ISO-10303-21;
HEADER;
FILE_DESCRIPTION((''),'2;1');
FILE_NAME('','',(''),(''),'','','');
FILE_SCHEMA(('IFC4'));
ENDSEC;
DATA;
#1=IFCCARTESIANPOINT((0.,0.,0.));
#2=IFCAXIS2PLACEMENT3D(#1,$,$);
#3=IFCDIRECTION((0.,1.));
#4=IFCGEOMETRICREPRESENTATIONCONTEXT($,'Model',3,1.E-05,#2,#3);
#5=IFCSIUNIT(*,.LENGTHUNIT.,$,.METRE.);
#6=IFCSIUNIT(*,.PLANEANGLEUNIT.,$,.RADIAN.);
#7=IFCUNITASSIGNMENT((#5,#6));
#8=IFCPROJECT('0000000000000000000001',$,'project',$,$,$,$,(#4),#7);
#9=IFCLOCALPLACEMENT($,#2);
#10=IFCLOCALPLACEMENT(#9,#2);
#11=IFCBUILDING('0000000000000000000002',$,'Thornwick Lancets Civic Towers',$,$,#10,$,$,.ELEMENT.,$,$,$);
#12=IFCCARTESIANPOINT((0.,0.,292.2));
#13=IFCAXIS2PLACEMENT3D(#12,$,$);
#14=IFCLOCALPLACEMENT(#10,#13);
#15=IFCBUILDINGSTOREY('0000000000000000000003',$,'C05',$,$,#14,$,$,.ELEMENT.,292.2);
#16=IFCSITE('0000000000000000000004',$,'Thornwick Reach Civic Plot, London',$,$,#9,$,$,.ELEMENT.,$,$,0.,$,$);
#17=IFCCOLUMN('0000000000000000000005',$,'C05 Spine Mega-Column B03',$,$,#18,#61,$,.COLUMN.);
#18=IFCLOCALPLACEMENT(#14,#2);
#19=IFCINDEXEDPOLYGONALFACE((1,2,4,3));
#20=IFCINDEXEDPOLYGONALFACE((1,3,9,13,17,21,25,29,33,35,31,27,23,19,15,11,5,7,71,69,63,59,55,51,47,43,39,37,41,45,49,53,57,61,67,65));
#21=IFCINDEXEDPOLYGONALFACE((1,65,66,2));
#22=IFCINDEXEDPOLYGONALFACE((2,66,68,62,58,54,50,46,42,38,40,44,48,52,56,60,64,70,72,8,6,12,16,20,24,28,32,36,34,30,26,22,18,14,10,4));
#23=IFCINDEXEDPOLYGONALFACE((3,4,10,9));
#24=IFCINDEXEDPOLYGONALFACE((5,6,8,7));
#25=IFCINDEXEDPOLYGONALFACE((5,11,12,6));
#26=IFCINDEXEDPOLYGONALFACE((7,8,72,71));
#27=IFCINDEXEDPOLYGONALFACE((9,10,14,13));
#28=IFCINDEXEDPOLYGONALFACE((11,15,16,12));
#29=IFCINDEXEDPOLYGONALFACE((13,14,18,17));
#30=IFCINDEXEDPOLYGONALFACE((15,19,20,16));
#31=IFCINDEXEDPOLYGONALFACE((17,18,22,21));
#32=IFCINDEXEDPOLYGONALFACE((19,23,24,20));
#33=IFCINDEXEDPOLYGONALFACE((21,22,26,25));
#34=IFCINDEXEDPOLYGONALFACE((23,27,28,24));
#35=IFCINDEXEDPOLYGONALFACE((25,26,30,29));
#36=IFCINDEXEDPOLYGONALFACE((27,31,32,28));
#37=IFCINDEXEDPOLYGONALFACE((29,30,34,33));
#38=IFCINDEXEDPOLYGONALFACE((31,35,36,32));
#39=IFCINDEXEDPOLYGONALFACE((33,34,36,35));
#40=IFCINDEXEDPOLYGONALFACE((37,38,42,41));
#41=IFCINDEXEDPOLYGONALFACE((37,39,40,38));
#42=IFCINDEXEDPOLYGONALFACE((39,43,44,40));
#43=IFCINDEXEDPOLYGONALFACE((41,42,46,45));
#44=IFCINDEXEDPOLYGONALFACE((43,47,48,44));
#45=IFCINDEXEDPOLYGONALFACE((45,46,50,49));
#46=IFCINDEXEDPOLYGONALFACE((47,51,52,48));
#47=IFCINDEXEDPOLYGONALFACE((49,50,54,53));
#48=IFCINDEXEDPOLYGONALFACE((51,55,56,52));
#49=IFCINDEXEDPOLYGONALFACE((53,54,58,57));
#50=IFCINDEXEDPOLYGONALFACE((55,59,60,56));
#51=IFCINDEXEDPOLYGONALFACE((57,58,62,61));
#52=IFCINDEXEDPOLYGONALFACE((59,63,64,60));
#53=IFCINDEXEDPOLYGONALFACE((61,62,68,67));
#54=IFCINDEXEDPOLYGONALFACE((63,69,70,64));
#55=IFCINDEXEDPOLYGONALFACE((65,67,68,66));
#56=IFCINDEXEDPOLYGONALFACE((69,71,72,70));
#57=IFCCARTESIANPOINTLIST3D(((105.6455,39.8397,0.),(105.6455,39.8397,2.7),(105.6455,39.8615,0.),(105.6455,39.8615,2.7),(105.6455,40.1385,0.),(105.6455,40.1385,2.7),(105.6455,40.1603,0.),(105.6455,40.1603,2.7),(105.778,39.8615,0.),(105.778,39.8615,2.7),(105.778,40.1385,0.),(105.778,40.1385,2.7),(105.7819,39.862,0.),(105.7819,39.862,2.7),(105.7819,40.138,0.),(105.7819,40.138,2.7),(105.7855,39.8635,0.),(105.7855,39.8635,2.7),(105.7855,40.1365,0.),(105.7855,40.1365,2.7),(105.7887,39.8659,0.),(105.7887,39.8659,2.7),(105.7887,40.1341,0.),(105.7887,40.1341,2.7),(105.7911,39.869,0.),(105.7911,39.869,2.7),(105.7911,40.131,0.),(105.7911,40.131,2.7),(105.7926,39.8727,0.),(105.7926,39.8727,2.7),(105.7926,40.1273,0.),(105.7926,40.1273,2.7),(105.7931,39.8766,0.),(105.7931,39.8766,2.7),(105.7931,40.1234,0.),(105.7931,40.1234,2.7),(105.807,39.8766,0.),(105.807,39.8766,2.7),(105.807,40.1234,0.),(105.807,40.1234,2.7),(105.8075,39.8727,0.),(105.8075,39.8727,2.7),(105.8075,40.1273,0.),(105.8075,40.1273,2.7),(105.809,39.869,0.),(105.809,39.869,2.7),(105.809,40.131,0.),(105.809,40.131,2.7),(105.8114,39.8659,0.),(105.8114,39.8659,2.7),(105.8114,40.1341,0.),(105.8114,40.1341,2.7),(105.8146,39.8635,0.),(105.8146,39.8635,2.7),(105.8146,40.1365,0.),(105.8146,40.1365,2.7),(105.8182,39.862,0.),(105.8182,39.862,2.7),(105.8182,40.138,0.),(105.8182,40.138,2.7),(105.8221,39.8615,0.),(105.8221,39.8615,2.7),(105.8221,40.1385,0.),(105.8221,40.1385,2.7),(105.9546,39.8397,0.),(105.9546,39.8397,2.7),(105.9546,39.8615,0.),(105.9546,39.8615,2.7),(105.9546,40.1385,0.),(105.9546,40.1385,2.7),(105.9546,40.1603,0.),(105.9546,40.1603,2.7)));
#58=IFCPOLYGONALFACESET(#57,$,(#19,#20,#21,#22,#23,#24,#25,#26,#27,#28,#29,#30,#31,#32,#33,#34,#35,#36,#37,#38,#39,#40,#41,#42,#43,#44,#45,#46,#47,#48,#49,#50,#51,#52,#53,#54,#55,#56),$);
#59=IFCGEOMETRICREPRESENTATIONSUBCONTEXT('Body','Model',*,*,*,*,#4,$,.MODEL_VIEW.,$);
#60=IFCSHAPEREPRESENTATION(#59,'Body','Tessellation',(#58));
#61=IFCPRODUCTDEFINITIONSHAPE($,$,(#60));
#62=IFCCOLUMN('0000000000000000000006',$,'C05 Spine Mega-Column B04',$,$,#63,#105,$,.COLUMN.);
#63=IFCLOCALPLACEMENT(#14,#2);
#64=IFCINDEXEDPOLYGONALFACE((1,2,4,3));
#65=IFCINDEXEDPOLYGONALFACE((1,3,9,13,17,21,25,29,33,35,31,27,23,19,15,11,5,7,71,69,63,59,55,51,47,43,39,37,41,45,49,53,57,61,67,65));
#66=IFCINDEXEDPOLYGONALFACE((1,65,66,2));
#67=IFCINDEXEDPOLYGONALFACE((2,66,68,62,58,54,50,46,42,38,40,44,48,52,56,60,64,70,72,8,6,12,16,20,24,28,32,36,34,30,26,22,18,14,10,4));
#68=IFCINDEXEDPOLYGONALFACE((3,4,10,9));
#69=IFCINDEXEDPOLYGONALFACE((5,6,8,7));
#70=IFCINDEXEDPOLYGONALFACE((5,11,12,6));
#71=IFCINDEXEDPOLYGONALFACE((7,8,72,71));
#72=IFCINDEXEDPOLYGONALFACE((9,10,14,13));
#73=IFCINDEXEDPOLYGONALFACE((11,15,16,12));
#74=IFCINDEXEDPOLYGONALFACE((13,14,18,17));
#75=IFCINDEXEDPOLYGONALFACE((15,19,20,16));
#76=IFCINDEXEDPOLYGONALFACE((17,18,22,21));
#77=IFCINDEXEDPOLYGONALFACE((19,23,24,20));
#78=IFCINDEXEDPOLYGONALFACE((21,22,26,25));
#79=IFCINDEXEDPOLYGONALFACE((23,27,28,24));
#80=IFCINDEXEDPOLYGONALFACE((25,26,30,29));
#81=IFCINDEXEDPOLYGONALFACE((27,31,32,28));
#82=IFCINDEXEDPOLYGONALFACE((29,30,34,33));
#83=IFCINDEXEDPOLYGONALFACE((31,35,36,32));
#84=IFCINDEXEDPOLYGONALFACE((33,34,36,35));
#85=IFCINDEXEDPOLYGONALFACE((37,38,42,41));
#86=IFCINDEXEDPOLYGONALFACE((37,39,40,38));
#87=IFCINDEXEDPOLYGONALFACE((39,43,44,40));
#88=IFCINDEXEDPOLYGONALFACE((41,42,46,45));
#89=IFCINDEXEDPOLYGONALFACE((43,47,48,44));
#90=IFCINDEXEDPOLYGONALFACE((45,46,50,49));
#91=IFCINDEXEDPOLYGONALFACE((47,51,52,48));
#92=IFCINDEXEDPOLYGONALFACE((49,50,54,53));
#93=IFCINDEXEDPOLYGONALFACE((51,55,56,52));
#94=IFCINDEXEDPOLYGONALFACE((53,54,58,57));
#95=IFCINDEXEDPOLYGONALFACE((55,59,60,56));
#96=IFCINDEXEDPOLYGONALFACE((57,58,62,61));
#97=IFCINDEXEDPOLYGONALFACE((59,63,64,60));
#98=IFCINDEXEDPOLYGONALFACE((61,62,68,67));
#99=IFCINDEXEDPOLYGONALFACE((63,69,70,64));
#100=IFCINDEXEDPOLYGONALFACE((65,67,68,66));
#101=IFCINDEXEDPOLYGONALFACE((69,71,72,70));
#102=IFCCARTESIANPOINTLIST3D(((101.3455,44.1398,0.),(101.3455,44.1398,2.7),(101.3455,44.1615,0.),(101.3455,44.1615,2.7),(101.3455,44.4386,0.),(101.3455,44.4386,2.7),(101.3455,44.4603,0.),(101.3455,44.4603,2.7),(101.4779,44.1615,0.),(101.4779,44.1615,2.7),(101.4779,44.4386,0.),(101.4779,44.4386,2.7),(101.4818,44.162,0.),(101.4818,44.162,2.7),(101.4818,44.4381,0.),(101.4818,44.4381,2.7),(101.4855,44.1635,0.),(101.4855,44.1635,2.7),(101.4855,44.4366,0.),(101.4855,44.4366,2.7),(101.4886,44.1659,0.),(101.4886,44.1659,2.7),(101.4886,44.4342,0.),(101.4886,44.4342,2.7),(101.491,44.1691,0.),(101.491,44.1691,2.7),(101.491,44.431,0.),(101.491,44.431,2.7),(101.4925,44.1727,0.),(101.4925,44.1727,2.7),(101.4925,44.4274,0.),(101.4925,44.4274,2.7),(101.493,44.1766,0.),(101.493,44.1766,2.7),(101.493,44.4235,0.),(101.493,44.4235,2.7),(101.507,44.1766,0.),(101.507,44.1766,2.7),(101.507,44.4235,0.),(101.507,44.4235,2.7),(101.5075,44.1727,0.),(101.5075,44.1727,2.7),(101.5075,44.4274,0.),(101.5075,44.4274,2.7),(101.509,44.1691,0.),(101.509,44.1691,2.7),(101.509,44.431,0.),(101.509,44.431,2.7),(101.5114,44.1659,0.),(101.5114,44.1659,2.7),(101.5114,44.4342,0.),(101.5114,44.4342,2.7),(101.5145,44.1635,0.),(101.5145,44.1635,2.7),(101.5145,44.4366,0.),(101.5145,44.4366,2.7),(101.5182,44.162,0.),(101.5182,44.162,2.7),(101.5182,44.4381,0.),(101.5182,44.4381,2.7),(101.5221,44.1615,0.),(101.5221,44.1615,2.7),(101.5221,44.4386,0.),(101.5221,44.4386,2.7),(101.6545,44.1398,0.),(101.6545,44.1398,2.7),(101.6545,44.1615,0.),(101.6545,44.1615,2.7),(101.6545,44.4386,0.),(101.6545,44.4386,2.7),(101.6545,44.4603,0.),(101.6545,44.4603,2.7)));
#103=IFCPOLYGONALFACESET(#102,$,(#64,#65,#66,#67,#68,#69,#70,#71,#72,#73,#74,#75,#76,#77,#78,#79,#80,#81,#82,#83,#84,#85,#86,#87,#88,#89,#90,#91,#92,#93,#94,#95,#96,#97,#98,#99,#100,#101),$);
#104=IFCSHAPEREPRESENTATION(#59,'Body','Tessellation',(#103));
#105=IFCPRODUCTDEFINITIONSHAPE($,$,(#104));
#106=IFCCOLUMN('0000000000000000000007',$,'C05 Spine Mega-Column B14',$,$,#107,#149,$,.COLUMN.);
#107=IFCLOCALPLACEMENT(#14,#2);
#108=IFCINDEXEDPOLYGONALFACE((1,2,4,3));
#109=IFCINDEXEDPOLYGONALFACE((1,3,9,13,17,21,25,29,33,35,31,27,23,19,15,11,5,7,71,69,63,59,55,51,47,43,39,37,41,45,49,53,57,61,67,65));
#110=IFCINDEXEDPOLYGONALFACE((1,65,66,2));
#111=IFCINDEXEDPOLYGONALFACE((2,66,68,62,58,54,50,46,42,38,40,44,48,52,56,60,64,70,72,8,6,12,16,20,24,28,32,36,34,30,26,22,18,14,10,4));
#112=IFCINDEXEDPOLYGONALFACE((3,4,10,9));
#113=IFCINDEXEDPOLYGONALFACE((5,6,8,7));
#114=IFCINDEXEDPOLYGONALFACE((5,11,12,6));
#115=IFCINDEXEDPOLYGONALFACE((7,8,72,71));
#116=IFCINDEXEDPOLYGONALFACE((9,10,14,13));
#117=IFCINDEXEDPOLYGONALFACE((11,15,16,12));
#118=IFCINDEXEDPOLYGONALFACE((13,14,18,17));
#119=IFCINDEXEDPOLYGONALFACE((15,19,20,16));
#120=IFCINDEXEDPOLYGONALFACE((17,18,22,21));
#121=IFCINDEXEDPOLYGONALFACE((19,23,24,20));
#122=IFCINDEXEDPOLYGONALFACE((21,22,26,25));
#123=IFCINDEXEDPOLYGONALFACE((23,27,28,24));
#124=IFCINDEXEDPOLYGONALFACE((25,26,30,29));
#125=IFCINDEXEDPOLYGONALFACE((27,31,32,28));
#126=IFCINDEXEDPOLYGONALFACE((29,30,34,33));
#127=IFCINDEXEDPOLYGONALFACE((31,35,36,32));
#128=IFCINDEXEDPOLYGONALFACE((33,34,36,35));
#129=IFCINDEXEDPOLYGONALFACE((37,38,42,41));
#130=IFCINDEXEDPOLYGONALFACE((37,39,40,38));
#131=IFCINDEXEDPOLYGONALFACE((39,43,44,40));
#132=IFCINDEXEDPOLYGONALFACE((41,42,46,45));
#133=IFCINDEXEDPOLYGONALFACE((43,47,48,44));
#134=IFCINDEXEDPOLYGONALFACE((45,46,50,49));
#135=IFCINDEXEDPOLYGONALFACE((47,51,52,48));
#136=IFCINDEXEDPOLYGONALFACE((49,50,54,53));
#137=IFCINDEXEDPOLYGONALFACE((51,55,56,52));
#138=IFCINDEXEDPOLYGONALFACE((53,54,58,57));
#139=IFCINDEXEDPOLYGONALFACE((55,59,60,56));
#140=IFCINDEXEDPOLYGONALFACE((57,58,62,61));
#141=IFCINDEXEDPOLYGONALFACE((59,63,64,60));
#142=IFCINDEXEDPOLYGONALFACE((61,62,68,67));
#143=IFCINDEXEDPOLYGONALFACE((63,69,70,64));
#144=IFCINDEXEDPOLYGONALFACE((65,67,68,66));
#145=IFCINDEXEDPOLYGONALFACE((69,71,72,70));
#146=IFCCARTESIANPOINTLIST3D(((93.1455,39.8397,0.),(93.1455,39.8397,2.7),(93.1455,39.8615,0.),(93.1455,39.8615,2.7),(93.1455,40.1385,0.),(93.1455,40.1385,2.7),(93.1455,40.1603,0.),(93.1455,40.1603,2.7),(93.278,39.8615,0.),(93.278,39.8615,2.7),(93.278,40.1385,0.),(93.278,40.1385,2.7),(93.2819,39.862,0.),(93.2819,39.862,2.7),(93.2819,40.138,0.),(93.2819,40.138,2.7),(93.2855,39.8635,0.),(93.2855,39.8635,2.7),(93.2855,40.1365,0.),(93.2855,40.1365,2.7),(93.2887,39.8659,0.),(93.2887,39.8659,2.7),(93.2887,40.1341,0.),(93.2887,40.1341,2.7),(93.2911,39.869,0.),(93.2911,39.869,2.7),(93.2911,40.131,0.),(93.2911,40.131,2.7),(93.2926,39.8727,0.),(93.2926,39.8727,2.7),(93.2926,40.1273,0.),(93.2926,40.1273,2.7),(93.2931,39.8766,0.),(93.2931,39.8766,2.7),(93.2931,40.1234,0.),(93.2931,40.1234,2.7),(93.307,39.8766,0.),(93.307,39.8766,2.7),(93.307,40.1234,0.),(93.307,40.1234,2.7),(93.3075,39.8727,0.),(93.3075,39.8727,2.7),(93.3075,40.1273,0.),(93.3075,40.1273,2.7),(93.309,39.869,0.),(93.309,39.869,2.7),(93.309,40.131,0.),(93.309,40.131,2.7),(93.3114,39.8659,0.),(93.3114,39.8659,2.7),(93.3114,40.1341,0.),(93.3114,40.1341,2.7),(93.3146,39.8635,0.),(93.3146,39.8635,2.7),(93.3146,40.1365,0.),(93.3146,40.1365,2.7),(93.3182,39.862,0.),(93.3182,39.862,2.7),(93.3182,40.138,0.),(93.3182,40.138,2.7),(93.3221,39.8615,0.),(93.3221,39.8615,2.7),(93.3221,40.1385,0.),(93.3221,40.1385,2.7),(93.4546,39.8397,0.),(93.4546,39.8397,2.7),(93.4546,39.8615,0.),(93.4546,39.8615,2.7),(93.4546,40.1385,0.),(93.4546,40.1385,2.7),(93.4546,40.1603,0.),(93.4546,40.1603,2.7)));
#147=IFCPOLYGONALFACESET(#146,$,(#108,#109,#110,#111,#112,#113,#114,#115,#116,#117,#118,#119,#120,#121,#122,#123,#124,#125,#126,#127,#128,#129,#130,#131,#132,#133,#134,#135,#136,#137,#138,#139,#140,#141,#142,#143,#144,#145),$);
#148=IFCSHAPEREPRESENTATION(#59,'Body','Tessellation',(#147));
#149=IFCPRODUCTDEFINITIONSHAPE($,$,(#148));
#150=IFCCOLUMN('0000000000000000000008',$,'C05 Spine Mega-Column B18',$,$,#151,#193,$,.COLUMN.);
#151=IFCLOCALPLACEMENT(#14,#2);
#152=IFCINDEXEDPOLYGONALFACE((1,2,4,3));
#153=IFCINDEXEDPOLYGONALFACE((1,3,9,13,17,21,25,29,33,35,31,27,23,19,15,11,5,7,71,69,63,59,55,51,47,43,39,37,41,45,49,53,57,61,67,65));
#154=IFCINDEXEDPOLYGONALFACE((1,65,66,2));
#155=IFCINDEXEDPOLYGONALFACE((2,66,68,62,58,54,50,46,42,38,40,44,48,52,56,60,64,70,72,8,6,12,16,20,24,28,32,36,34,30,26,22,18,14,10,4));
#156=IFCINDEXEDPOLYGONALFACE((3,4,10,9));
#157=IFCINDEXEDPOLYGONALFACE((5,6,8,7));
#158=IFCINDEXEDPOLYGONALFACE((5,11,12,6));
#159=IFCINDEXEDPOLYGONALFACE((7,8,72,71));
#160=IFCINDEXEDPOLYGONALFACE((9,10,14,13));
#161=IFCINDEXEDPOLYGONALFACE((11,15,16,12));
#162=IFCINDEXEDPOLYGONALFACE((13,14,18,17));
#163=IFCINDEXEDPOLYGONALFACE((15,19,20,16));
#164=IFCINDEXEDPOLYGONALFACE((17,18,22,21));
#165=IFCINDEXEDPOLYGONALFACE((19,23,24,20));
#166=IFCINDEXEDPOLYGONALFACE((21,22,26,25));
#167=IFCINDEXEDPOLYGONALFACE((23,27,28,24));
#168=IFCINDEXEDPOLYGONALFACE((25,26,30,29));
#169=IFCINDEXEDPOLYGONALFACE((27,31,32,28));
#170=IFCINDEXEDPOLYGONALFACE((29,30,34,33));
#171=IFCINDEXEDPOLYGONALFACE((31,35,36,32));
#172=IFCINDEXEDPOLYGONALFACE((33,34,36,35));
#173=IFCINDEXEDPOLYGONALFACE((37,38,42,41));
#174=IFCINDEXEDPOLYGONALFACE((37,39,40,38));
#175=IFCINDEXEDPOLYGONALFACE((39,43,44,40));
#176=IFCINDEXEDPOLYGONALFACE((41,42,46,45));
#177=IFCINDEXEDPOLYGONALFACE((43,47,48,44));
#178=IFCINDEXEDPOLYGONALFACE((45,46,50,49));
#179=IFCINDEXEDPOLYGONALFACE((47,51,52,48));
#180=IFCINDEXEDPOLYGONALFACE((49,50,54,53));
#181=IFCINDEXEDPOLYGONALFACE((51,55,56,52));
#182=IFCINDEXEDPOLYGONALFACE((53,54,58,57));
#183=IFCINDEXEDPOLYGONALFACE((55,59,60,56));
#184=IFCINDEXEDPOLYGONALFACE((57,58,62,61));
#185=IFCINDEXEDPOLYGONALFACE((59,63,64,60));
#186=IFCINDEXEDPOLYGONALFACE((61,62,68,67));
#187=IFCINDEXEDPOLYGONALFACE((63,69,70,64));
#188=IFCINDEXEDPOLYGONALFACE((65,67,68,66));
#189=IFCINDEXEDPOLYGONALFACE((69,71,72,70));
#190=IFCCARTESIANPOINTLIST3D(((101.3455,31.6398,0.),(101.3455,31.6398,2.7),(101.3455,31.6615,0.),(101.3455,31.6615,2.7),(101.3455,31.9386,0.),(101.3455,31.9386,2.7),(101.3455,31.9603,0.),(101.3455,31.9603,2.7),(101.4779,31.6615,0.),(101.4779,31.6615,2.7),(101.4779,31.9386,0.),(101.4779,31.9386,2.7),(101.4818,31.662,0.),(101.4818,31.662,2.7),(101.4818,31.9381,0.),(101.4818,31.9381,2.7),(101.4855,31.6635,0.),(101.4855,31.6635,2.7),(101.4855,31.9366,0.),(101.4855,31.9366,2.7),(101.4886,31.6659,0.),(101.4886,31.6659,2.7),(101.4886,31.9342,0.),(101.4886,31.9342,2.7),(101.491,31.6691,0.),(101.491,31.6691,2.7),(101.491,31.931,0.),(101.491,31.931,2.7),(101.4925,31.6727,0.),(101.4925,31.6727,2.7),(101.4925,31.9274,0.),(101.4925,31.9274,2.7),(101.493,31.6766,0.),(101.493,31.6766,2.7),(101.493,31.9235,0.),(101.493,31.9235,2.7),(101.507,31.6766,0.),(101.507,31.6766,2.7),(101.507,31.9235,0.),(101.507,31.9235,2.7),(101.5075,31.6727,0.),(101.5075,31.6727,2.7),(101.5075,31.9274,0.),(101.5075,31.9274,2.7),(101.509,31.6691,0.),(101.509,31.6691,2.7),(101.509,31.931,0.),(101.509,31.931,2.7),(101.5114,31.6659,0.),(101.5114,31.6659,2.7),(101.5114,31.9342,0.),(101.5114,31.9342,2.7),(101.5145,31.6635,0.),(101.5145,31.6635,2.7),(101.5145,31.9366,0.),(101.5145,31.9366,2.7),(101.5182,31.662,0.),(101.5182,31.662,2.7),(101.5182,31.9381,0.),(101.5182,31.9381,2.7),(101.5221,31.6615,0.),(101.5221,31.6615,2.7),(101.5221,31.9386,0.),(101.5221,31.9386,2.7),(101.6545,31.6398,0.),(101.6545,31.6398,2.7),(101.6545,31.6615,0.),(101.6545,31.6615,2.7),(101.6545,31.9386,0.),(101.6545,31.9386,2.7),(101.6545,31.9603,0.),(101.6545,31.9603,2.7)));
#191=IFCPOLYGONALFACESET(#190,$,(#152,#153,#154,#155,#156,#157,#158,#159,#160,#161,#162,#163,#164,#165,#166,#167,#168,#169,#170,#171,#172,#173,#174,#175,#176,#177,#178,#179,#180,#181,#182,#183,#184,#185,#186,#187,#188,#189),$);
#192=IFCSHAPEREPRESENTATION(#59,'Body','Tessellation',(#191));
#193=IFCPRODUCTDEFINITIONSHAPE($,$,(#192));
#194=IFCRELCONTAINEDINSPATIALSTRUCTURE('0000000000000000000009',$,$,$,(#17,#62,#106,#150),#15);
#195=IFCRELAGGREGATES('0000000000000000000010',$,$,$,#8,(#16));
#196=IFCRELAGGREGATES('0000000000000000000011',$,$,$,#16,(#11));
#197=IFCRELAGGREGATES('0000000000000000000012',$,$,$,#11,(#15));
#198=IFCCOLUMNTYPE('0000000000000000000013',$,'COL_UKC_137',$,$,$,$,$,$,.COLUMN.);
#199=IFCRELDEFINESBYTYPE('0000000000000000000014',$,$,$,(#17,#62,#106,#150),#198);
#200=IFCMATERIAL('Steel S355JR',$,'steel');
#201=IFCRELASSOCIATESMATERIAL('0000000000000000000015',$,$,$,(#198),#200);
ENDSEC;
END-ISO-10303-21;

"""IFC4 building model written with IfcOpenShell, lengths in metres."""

from ifc_helpers import new_model, si_unit, direction, frame, origin, origin_2d, place, context, subcontext, project, spatial, i_section, extrude, material, material_profile, profile_set, type_object, element, save


model = new_model("IFC4")

# Units and contexts
model_context = context("Model", 3, precision=1e-05, world=origin(), true_north=direction((0.0, 1.0)))
body_context = subcontext(model_context, "Body", "Model", "MODEL_VIEW")
ifc_project = project(units=[si_unit("LENGTHUNIT", "METRE"), si_unit("PLANEANGLEUNIT", "RADIAN")], contexts=[model_context])

# Site, building, storey
site_placement = place(None, origin())
site = spatial("IfcSite", under=ifc_project, at=site_placement, Name="Thornwick Reach Civic Plot, London", CompositionType="ELEMENT", RefElevation=0.0)
building_placement = place(site_placement, origin())
building = spatial("IfcBuilding", under=site, at=building_placement, Name="Thornwick Lancets Civic Towers", CompositionType="ELEMENT")
storey_placement = place(building_placement, frame((0.0, 0.0, 292.2)))
storey = spatial("IfcBuildingStorey", under=building, at=storey_placement, Name="C05", CompositionType="ELEMENT", Elevation=292.2)

# Columns
ifc_material_1 = material(Name="Steel S355JR", Category="steel")
ifc_material_profile_1 = material_profile(ifc_material_1, i_section(OverallWidth=0.3091, OverallDepth=0.3206, WebThickness=0.0139, FlangeThickness=0.0217, FilletRadius=0.0151, at=origin_2d()), Name="UKC 305x305x137")
ifc_profile_set_1 = profile_set([ifc_material_profile_1], Name="Steel S355JR")
column_type_1 = type_object("IfcColumnType", Name="COL_UKC_137", PredefinedType="COLUMN", material=ifc_profile_set_1)
for number, where, z_axis, x_axis, name in (
    (1, (105.8, 40.0, 0.0), (0.0, 0.0, 1.0), (1.0, 0.0, 0.0), "C05 Spine Mega-Column B03"),
    (2, (101.5, 44.3, 0.0), (0.0, 0.0, 1.0), (1.0, 0.0, 0.0), "C05 Spine Mega-Column B04"),
    (3, (93.3, 40.0, 0.0), (0.0, 0.0, 1.0), (1.0, 0.0, 0.0), "C05 Spine Mega-Column B14"),
    (4, (101.5, 31.8, 0.0), (0.0, 0.0, 1.0), (1.0, 0.0, 0.0), "C05 Spine Mega-Column B18"),
):
    element("IfcColumn", number, at=place(storey_placement, frame(where, z_axis=z_axis, x_axis=x_axis)), inside=storey, type_object=column_type_1, Name=name, PredefinedType="COLUMN", context=body_context, shape_type="SweptSolid", body=[
        extrude(i_section(OverallWidth=0.3091, OverallDepth=0.3206, WebThickness=0.0139, FlangeThickness=0.0217, FilletRadius=0.0151, at=origin_2d()), origin(), (0.0, 0.0, 1.0), 2.7),
    ])

save(model, "model.ifc")
